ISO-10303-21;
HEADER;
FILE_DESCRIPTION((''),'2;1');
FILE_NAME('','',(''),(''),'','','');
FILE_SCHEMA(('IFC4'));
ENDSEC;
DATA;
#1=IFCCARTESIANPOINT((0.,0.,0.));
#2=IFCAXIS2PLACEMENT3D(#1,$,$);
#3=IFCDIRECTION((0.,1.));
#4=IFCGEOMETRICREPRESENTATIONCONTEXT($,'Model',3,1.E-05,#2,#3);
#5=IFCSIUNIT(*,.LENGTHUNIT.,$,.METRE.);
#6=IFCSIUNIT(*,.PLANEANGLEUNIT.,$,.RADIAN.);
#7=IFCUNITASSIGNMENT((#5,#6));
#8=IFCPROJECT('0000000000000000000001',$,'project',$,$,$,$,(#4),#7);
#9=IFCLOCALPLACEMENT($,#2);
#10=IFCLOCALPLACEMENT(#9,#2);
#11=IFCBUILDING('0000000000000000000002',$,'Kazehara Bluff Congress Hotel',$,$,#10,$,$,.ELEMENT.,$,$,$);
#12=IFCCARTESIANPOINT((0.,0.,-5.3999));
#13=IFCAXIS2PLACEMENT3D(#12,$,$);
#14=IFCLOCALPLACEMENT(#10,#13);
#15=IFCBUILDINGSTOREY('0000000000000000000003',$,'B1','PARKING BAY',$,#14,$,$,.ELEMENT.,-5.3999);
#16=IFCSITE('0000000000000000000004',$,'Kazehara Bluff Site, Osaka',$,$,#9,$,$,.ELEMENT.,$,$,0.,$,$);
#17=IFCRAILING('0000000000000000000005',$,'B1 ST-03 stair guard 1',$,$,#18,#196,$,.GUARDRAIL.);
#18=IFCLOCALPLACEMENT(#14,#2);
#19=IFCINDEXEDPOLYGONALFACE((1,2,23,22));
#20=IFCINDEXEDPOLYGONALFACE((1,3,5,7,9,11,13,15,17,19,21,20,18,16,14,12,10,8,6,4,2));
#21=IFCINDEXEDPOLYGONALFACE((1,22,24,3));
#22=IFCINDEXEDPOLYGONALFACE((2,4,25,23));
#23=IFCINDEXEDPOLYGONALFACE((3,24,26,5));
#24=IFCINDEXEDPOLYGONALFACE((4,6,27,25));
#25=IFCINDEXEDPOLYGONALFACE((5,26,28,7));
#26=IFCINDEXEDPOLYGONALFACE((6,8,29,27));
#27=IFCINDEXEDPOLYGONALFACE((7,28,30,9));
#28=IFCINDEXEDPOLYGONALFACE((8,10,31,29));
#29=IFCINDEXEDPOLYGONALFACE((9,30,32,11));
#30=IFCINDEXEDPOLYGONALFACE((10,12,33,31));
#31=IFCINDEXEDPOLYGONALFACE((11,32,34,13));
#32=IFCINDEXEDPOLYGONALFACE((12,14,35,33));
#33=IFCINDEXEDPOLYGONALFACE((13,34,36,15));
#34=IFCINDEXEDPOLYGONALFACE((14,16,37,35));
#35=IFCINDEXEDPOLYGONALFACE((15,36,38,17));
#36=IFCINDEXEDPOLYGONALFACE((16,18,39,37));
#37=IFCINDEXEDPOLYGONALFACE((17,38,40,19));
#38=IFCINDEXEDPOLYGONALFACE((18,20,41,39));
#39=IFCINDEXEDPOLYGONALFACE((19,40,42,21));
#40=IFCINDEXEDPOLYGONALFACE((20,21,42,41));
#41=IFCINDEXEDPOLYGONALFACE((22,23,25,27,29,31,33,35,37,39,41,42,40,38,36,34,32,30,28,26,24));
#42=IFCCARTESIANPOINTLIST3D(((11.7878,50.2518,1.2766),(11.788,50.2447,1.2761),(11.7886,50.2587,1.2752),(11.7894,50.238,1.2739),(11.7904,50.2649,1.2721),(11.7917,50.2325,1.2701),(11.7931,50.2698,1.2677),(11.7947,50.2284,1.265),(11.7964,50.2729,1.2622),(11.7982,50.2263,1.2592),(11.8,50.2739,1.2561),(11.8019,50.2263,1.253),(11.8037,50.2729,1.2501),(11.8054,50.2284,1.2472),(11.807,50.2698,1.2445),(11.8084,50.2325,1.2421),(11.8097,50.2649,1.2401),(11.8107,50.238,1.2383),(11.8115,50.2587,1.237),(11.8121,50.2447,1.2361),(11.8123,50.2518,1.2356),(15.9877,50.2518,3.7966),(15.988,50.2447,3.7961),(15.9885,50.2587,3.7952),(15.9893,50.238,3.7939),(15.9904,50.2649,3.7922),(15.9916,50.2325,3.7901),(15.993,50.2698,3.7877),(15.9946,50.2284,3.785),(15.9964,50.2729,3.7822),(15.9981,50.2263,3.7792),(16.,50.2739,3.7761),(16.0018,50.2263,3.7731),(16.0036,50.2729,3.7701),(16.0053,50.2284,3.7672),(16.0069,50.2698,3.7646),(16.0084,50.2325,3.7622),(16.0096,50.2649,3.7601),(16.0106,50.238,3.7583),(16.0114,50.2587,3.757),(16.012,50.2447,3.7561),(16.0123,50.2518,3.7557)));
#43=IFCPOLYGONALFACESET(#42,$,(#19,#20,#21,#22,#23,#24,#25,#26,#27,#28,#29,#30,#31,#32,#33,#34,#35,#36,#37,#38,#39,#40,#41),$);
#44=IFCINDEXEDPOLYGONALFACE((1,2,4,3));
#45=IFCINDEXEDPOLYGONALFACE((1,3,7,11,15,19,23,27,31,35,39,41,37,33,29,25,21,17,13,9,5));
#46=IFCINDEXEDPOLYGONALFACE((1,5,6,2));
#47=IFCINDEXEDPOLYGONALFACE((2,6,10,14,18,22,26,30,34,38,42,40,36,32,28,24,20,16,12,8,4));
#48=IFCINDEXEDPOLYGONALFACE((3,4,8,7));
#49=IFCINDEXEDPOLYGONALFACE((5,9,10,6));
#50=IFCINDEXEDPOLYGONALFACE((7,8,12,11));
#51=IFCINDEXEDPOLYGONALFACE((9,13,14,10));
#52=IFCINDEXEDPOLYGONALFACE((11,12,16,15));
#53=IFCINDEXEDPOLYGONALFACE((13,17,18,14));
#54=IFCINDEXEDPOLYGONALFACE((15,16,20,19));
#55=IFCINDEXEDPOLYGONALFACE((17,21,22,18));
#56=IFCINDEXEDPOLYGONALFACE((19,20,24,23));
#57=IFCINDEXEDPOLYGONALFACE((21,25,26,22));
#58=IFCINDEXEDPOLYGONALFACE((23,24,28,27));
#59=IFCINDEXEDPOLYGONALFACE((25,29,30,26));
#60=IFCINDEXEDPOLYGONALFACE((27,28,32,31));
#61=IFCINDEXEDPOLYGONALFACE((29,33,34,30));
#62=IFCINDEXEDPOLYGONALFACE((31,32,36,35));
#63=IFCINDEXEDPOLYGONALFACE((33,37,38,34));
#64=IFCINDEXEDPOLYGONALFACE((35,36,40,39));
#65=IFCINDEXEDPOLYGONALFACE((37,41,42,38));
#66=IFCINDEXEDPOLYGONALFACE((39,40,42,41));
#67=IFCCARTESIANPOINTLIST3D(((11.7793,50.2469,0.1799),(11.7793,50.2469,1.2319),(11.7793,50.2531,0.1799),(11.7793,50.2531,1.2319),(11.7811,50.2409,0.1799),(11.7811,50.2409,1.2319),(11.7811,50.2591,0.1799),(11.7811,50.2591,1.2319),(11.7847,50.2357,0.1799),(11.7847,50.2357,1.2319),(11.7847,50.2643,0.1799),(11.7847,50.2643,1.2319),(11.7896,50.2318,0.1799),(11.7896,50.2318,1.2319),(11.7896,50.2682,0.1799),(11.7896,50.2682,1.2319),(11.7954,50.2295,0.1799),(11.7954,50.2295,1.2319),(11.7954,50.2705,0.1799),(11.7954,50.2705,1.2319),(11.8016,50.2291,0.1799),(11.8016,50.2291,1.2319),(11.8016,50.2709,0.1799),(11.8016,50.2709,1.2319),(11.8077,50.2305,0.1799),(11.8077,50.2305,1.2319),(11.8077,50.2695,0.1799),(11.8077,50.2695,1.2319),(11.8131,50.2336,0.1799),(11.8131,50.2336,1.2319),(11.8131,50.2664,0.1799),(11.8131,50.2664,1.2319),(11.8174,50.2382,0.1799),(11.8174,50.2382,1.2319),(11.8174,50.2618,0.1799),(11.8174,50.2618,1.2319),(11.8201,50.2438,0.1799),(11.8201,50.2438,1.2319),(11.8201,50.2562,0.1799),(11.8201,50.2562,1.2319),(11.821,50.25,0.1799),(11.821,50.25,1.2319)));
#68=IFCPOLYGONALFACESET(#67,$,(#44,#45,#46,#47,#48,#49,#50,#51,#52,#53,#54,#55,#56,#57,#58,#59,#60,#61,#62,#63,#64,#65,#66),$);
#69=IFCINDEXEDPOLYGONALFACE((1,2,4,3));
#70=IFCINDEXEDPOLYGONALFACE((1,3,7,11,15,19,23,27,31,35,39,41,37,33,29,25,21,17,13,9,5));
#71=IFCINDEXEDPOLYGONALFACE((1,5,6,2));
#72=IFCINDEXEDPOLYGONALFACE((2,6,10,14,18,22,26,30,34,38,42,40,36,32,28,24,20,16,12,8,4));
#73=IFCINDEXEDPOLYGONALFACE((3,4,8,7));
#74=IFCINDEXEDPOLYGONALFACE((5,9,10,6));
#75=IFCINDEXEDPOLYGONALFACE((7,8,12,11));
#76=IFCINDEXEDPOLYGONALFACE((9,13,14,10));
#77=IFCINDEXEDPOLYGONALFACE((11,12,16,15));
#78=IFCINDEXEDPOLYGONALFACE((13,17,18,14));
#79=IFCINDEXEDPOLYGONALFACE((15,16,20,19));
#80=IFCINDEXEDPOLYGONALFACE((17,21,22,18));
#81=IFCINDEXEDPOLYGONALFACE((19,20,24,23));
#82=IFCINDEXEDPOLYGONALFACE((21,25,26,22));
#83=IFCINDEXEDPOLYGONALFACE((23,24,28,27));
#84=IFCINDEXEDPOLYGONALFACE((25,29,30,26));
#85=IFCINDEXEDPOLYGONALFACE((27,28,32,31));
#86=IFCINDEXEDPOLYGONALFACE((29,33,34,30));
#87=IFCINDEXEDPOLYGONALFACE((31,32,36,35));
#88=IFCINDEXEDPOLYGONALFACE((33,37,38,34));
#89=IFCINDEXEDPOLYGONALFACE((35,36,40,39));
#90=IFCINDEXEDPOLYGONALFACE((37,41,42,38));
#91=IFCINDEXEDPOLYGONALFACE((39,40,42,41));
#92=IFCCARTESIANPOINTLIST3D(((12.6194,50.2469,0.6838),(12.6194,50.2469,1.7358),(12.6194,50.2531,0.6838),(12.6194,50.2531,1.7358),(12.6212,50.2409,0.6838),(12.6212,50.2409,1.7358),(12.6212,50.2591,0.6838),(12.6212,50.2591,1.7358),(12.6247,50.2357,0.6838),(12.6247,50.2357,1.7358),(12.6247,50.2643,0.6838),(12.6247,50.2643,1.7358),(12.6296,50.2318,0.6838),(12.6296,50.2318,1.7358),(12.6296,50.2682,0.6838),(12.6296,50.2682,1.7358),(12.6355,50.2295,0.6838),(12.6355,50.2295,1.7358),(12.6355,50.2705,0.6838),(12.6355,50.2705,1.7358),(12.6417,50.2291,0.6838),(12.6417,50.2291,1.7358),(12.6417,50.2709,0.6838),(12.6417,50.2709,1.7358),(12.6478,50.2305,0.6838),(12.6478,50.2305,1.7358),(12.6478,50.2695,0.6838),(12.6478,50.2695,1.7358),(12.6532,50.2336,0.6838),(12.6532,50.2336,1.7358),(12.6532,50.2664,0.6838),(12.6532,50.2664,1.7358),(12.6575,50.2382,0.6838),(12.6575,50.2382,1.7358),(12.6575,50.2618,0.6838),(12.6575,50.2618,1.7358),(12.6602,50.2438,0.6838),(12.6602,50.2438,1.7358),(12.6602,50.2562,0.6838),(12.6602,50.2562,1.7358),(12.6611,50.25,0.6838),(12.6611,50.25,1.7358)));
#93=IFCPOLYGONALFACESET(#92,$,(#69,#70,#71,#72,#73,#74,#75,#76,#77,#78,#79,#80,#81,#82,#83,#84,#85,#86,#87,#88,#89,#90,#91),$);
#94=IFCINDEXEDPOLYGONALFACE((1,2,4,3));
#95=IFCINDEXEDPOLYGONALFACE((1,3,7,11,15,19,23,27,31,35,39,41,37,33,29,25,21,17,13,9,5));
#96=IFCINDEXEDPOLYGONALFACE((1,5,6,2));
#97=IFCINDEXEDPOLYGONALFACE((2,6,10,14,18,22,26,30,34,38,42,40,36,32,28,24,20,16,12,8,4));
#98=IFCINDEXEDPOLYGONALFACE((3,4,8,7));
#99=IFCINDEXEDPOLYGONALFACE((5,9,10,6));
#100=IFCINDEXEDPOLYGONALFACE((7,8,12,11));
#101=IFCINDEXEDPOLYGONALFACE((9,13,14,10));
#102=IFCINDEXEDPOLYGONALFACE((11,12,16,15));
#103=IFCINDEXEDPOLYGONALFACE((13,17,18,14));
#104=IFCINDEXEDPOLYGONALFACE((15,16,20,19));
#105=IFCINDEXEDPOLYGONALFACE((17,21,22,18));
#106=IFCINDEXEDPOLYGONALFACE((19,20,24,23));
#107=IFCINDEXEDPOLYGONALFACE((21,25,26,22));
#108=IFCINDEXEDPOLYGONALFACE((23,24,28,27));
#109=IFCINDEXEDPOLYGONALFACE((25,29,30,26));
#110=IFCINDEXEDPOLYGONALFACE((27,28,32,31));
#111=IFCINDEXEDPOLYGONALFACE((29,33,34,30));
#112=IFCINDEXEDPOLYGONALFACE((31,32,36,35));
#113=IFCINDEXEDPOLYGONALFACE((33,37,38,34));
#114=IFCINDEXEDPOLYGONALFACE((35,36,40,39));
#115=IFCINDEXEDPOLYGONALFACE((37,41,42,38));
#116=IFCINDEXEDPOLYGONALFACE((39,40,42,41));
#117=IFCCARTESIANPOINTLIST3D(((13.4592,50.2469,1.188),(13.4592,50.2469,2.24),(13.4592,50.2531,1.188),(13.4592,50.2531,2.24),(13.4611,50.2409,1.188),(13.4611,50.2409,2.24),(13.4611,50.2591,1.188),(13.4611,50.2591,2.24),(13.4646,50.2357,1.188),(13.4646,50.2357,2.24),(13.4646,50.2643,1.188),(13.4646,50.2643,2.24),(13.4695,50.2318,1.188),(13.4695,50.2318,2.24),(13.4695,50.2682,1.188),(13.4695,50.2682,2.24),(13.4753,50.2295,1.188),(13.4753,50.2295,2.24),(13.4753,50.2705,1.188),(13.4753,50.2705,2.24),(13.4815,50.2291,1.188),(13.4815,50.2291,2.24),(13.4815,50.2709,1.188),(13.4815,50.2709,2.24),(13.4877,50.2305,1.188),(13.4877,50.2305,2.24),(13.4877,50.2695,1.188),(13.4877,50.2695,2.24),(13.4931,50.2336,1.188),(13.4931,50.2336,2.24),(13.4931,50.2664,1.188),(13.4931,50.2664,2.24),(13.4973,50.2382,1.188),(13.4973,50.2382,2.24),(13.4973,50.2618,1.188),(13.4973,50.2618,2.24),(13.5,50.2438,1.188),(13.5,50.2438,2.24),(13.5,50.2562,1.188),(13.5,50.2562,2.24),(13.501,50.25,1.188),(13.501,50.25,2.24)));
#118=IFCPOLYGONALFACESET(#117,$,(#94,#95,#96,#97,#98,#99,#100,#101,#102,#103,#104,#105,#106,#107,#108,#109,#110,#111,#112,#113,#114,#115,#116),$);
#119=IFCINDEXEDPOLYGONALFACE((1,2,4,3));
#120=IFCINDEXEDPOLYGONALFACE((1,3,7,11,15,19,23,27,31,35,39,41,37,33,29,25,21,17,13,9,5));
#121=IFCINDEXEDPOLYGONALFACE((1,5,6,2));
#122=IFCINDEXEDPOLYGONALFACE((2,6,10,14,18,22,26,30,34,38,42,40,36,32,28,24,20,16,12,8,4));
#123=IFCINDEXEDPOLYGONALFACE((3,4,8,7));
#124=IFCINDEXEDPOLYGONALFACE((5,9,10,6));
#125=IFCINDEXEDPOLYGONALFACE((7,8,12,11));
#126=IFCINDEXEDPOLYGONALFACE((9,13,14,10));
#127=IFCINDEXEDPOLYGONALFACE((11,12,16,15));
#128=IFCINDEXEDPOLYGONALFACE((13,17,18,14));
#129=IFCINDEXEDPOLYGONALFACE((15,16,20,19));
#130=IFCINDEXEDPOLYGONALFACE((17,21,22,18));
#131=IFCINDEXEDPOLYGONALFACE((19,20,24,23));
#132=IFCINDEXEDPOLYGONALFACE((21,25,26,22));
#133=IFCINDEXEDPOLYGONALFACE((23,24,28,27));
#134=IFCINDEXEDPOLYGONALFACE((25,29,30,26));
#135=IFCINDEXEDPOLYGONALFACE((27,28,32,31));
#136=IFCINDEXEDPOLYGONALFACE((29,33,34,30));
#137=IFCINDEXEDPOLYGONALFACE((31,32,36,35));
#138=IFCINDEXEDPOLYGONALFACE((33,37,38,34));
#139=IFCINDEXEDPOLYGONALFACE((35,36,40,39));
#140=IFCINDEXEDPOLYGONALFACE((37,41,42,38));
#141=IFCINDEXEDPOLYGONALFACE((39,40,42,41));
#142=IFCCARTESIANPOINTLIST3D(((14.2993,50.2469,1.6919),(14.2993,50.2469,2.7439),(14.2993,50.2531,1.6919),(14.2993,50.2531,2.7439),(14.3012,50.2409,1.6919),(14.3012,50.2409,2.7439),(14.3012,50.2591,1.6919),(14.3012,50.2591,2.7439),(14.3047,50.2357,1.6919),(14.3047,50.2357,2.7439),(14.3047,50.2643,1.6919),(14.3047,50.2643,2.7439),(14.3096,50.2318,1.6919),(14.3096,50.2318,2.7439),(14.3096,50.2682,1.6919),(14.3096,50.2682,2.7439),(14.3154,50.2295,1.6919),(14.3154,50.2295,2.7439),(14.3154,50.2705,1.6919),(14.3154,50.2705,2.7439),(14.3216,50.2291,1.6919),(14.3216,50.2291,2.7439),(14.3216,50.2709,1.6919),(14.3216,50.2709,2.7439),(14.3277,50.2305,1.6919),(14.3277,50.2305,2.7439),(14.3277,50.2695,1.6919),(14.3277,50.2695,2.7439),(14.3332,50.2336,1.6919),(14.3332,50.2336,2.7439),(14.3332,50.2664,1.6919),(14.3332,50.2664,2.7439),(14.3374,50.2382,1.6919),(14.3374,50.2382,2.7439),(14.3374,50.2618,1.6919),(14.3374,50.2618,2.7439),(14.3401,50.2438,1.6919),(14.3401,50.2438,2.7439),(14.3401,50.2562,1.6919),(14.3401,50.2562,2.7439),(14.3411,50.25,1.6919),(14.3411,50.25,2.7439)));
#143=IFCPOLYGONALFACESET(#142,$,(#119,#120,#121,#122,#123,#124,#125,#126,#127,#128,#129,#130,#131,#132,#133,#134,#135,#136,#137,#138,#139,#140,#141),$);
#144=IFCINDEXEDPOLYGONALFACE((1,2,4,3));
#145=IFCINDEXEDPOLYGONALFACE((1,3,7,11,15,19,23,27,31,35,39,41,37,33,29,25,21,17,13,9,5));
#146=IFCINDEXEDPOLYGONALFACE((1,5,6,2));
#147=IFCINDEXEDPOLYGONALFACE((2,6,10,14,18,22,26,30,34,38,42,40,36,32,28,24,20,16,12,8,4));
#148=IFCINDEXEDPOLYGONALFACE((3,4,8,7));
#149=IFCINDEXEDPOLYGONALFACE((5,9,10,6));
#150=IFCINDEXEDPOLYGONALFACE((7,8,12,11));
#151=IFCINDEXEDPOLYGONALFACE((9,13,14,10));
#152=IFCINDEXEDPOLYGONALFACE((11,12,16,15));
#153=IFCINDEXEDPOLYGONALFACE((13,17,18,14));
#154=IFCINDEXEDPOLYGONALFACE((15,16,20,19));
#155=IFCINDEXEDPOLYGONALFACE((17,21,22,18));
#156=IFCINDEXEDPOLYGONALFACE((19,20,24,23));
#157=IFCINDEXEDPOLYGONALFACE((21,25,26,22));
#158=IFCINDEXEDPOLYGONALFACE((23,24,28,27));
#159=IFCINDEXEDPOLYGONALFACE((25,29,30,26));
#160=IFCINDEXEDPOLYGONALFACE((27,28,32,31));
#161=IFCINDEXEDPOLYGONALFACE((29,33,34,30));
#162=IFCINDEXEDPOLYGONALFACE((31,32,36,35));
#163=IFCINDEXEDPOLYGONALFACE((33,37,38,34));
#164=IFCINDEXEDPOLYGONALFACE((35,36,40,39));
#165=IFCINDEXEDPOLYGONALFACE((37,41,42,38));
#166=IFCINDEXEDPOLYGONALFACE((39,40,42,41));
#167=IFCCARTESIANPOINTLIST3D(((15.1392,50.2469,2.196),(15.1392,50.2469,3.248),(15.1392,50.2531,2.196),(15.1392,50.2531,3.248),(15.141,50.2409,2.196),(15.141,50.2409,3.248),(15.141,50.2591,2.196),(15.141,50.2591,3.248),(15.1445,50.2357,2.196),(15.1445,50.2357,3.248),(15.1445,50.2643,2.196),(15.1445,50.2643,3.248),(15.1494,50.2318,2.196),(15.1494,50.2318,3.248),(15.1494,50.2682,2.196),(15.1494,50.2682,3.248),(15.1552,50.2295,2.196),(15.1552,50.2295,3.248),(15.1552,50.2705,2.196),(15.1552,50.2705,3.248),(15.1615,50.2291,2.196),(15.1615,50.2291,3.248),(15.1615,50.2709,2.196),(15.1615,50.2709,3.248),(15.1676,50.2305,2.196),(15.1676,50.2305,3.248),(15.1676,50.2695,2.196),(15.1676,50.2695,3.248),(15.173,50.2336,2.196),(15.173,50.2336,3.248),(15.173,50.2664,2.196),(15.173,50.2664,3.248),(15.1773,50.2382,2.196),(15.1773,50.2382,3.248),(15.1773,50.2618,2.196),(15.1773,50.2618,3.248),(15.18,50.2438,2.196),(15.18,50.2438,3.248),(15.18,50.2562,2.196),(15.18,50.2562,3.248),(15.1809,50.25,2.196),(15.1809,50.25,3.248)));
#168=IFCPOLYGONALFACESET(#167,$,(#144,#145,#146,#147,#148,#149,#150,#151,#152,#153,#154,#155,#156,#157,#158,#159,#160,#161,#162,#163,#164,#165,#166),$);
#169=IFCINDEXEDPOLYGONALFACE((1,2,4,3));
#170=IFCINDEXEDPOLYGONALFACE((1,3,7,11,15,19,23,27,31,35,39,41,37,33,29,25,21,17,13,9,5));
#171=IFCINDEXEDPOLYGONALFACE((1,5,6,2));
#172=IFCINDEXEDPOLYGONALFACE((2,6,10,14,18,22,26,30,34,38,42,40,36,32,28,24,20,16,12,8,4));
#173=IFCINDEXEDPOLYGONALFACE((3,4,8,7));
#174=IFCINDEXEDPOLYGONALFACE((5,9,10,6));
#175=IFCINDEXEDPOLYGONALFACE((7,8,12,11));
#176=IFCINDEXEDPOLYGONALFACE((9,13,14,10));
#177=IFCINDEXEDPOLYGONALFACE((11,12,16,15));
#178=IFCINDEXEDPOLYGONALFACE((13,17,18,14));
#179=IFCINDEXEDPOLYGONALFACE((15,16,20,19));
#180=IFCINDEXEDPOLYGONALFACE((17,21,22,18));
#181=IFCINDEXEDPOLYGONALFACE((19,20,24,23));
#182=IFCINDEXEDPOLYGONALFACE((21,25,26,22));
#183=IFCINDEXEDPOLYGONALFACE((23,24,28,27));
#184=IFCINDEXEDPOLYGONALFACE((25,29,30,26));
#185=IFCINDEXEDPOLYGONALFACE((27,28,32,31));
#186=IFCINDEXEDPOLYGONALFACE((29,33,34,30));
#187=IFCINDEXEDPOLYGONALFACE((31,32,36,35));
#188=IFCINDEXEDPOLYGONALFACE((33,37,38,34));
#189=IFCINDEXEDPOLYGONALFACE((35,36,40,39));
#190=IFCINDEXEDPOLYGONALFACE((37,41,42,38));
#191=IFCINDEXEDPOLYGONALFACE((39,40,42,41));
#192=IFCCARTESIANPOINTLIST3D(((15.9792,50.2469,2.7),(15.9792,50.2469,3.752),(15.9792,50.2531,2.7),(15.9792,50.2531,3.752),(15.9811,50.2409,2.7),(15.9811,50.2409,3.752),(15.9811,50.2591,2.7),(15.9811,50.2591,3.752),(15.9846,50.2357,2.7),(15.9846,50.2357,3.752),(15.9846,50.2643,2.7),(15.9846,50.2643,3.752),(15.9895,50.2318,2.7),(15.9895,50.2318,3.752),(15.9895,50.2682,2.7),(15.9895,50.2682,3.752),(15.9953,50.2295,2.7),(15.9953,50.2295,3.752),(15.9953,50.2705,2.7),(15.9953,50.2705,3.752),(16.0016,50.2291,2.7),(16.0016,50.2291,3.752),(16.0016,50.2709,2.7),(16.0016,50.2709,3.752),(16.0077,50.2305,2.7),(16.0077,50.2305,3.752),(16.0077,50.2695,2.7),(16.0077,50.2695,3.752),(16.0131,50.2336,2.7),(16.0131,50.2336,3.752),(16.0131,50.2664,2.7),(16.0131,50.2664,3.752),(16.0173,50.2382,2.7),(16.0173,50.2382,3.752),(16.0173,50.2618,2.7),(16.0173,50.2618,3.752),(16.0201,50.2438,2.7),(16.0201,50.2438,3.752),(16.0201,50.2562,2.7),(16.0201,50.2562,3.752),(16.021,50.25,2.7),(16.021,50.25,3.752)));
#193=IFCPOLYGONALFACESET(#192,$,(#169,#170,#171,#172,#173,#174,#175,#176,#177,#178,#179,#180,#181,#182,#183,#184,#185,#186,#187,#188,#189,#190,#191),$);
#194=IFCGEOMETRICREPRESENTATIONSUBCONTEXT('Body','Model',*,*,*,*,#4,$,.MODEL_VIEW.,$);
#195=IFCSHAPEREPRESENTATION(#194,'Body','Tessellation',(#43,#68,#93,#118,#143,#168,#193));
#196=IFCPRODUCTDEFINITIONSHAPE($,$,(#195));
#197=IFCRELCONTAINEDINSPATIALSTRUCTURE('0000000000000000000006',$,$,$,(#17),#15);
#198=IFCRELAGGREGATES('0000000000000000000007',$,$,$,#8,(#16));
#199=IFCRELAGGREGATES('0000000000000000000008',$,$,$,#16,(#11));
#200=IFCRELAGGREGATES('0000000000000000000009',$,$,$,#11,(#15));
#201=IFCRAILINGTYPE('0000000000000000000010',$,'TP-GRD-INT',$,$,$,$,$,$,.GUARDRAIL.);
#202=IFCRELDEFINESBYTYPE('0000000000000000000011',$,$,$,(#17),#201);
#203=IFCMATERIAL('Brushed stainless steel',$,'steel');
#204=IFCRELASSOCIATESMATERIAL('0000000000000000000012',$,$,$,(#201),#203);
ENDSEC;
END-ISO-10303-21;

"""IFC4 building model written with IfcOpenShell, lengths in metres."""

from ifc_helpers import new_model, si_unit, direction, frame, origin, origin_2d, place, context, subcontext, project, spatial, circle, extrude, material, type_object, element, save


model = new_model("IFC4")

# Units and contexts
model_context = context("Model", 3, precision=1e-05, world=origin(), true_north=direction((0.0, 1.0)))
body_context = subcontext(model_context, "Body", "Model", "MODEL_VIEW")
ifc_project = project(units=[si_unit("LENGTHUNIT", "METRE"), si_unit("PLANEANGLEUNIT", "RADIAN")], contexts=[model_context])

# Site, building, storey
site_placement = place(None, origin())
site = spatial("IfcSite", under=ifc_project, at=site_placement, Name="Kazehara Bluff Site, Osaka", CompositionType="ELEMENT", RefElevation=0.0)
building_placement = place(site_placement, origin())
building = spatial("IfcBuilding", under=site, at=building_placement, Name="Kazehara Bluff Congress Hotel", CompositionType="ELEMENT")
storey_placement = place(building_placement, frame((0.0, 0.0, -5.3999)))
storey = spatial("IfcBuildingStorey", under=building, at=storey_placement, Name="B1", Description="PARKING BAY", CompositionType="ELEMENT", Elevation=-5.3999)

# Railing
ifc_material_1 = material(Name="Brushed stainless steel", Category="steel")
railing_type_1 = type_object("IfcRailingType", Name="TP-GRD-INT", PredefinedType="GUARDRAIL", material=ifc_material_1)
railing_1_placement = place(storey_placement, frame((11.8, 50.25, 0.1799)))
element("IfcRailing", 1, at=railing_1_placement, inside=storey, type_object=railing_type_1, Name="B1 ST-03 stair guard 1", PredefinedType="GUARDRAIL", context=body_context, shape_type="SweptSolid", body=[
    extrude(circle(Radius=0.0239, at=origin_2d()), frame((0.0, 0.0, 1.0762), z_axis=(0.857489, 0.0, 0.514503), x_axis=(0.0, 1.0, 0.0)), (0.0, 0.0, 1.0), 4.8979),
    extrude(circle(Radius=0.021, at=origin_2d()), origin(), (0.0, 0.0, 1.0), 1.052),
    extrude(circle(Radius=0.021, at=origin_2d()), frame((0.8401, 0.0, 0.5039)), (0.0, 0.0, 1.0), 1.052),
    extrude(circle(Radius=0.021, at=origin_2d()), frame((1.6799, 0.0, 1.0081)), (0.0, 0.0, 1.0), 1.052),
    extrude(circle(Radius=0.021, at=origin_2d()), frame((2.52, 0.0, 1.512)), (0.0, 0.0, 1.0), 1.052),
    extrude(circle(Radius=0.021, at=origin_2d()), frame((3.3599, 0.0, 2.0161)), (0.0, 0.0, 1.0), 1.052),
    extrude(circle(Radius=0.021, at=origin_2d()), frame((4.2, 0.0, 2.52)), (0.0, 0.0, 1.0), 1.052),
])

save(model, "model.ifc")
